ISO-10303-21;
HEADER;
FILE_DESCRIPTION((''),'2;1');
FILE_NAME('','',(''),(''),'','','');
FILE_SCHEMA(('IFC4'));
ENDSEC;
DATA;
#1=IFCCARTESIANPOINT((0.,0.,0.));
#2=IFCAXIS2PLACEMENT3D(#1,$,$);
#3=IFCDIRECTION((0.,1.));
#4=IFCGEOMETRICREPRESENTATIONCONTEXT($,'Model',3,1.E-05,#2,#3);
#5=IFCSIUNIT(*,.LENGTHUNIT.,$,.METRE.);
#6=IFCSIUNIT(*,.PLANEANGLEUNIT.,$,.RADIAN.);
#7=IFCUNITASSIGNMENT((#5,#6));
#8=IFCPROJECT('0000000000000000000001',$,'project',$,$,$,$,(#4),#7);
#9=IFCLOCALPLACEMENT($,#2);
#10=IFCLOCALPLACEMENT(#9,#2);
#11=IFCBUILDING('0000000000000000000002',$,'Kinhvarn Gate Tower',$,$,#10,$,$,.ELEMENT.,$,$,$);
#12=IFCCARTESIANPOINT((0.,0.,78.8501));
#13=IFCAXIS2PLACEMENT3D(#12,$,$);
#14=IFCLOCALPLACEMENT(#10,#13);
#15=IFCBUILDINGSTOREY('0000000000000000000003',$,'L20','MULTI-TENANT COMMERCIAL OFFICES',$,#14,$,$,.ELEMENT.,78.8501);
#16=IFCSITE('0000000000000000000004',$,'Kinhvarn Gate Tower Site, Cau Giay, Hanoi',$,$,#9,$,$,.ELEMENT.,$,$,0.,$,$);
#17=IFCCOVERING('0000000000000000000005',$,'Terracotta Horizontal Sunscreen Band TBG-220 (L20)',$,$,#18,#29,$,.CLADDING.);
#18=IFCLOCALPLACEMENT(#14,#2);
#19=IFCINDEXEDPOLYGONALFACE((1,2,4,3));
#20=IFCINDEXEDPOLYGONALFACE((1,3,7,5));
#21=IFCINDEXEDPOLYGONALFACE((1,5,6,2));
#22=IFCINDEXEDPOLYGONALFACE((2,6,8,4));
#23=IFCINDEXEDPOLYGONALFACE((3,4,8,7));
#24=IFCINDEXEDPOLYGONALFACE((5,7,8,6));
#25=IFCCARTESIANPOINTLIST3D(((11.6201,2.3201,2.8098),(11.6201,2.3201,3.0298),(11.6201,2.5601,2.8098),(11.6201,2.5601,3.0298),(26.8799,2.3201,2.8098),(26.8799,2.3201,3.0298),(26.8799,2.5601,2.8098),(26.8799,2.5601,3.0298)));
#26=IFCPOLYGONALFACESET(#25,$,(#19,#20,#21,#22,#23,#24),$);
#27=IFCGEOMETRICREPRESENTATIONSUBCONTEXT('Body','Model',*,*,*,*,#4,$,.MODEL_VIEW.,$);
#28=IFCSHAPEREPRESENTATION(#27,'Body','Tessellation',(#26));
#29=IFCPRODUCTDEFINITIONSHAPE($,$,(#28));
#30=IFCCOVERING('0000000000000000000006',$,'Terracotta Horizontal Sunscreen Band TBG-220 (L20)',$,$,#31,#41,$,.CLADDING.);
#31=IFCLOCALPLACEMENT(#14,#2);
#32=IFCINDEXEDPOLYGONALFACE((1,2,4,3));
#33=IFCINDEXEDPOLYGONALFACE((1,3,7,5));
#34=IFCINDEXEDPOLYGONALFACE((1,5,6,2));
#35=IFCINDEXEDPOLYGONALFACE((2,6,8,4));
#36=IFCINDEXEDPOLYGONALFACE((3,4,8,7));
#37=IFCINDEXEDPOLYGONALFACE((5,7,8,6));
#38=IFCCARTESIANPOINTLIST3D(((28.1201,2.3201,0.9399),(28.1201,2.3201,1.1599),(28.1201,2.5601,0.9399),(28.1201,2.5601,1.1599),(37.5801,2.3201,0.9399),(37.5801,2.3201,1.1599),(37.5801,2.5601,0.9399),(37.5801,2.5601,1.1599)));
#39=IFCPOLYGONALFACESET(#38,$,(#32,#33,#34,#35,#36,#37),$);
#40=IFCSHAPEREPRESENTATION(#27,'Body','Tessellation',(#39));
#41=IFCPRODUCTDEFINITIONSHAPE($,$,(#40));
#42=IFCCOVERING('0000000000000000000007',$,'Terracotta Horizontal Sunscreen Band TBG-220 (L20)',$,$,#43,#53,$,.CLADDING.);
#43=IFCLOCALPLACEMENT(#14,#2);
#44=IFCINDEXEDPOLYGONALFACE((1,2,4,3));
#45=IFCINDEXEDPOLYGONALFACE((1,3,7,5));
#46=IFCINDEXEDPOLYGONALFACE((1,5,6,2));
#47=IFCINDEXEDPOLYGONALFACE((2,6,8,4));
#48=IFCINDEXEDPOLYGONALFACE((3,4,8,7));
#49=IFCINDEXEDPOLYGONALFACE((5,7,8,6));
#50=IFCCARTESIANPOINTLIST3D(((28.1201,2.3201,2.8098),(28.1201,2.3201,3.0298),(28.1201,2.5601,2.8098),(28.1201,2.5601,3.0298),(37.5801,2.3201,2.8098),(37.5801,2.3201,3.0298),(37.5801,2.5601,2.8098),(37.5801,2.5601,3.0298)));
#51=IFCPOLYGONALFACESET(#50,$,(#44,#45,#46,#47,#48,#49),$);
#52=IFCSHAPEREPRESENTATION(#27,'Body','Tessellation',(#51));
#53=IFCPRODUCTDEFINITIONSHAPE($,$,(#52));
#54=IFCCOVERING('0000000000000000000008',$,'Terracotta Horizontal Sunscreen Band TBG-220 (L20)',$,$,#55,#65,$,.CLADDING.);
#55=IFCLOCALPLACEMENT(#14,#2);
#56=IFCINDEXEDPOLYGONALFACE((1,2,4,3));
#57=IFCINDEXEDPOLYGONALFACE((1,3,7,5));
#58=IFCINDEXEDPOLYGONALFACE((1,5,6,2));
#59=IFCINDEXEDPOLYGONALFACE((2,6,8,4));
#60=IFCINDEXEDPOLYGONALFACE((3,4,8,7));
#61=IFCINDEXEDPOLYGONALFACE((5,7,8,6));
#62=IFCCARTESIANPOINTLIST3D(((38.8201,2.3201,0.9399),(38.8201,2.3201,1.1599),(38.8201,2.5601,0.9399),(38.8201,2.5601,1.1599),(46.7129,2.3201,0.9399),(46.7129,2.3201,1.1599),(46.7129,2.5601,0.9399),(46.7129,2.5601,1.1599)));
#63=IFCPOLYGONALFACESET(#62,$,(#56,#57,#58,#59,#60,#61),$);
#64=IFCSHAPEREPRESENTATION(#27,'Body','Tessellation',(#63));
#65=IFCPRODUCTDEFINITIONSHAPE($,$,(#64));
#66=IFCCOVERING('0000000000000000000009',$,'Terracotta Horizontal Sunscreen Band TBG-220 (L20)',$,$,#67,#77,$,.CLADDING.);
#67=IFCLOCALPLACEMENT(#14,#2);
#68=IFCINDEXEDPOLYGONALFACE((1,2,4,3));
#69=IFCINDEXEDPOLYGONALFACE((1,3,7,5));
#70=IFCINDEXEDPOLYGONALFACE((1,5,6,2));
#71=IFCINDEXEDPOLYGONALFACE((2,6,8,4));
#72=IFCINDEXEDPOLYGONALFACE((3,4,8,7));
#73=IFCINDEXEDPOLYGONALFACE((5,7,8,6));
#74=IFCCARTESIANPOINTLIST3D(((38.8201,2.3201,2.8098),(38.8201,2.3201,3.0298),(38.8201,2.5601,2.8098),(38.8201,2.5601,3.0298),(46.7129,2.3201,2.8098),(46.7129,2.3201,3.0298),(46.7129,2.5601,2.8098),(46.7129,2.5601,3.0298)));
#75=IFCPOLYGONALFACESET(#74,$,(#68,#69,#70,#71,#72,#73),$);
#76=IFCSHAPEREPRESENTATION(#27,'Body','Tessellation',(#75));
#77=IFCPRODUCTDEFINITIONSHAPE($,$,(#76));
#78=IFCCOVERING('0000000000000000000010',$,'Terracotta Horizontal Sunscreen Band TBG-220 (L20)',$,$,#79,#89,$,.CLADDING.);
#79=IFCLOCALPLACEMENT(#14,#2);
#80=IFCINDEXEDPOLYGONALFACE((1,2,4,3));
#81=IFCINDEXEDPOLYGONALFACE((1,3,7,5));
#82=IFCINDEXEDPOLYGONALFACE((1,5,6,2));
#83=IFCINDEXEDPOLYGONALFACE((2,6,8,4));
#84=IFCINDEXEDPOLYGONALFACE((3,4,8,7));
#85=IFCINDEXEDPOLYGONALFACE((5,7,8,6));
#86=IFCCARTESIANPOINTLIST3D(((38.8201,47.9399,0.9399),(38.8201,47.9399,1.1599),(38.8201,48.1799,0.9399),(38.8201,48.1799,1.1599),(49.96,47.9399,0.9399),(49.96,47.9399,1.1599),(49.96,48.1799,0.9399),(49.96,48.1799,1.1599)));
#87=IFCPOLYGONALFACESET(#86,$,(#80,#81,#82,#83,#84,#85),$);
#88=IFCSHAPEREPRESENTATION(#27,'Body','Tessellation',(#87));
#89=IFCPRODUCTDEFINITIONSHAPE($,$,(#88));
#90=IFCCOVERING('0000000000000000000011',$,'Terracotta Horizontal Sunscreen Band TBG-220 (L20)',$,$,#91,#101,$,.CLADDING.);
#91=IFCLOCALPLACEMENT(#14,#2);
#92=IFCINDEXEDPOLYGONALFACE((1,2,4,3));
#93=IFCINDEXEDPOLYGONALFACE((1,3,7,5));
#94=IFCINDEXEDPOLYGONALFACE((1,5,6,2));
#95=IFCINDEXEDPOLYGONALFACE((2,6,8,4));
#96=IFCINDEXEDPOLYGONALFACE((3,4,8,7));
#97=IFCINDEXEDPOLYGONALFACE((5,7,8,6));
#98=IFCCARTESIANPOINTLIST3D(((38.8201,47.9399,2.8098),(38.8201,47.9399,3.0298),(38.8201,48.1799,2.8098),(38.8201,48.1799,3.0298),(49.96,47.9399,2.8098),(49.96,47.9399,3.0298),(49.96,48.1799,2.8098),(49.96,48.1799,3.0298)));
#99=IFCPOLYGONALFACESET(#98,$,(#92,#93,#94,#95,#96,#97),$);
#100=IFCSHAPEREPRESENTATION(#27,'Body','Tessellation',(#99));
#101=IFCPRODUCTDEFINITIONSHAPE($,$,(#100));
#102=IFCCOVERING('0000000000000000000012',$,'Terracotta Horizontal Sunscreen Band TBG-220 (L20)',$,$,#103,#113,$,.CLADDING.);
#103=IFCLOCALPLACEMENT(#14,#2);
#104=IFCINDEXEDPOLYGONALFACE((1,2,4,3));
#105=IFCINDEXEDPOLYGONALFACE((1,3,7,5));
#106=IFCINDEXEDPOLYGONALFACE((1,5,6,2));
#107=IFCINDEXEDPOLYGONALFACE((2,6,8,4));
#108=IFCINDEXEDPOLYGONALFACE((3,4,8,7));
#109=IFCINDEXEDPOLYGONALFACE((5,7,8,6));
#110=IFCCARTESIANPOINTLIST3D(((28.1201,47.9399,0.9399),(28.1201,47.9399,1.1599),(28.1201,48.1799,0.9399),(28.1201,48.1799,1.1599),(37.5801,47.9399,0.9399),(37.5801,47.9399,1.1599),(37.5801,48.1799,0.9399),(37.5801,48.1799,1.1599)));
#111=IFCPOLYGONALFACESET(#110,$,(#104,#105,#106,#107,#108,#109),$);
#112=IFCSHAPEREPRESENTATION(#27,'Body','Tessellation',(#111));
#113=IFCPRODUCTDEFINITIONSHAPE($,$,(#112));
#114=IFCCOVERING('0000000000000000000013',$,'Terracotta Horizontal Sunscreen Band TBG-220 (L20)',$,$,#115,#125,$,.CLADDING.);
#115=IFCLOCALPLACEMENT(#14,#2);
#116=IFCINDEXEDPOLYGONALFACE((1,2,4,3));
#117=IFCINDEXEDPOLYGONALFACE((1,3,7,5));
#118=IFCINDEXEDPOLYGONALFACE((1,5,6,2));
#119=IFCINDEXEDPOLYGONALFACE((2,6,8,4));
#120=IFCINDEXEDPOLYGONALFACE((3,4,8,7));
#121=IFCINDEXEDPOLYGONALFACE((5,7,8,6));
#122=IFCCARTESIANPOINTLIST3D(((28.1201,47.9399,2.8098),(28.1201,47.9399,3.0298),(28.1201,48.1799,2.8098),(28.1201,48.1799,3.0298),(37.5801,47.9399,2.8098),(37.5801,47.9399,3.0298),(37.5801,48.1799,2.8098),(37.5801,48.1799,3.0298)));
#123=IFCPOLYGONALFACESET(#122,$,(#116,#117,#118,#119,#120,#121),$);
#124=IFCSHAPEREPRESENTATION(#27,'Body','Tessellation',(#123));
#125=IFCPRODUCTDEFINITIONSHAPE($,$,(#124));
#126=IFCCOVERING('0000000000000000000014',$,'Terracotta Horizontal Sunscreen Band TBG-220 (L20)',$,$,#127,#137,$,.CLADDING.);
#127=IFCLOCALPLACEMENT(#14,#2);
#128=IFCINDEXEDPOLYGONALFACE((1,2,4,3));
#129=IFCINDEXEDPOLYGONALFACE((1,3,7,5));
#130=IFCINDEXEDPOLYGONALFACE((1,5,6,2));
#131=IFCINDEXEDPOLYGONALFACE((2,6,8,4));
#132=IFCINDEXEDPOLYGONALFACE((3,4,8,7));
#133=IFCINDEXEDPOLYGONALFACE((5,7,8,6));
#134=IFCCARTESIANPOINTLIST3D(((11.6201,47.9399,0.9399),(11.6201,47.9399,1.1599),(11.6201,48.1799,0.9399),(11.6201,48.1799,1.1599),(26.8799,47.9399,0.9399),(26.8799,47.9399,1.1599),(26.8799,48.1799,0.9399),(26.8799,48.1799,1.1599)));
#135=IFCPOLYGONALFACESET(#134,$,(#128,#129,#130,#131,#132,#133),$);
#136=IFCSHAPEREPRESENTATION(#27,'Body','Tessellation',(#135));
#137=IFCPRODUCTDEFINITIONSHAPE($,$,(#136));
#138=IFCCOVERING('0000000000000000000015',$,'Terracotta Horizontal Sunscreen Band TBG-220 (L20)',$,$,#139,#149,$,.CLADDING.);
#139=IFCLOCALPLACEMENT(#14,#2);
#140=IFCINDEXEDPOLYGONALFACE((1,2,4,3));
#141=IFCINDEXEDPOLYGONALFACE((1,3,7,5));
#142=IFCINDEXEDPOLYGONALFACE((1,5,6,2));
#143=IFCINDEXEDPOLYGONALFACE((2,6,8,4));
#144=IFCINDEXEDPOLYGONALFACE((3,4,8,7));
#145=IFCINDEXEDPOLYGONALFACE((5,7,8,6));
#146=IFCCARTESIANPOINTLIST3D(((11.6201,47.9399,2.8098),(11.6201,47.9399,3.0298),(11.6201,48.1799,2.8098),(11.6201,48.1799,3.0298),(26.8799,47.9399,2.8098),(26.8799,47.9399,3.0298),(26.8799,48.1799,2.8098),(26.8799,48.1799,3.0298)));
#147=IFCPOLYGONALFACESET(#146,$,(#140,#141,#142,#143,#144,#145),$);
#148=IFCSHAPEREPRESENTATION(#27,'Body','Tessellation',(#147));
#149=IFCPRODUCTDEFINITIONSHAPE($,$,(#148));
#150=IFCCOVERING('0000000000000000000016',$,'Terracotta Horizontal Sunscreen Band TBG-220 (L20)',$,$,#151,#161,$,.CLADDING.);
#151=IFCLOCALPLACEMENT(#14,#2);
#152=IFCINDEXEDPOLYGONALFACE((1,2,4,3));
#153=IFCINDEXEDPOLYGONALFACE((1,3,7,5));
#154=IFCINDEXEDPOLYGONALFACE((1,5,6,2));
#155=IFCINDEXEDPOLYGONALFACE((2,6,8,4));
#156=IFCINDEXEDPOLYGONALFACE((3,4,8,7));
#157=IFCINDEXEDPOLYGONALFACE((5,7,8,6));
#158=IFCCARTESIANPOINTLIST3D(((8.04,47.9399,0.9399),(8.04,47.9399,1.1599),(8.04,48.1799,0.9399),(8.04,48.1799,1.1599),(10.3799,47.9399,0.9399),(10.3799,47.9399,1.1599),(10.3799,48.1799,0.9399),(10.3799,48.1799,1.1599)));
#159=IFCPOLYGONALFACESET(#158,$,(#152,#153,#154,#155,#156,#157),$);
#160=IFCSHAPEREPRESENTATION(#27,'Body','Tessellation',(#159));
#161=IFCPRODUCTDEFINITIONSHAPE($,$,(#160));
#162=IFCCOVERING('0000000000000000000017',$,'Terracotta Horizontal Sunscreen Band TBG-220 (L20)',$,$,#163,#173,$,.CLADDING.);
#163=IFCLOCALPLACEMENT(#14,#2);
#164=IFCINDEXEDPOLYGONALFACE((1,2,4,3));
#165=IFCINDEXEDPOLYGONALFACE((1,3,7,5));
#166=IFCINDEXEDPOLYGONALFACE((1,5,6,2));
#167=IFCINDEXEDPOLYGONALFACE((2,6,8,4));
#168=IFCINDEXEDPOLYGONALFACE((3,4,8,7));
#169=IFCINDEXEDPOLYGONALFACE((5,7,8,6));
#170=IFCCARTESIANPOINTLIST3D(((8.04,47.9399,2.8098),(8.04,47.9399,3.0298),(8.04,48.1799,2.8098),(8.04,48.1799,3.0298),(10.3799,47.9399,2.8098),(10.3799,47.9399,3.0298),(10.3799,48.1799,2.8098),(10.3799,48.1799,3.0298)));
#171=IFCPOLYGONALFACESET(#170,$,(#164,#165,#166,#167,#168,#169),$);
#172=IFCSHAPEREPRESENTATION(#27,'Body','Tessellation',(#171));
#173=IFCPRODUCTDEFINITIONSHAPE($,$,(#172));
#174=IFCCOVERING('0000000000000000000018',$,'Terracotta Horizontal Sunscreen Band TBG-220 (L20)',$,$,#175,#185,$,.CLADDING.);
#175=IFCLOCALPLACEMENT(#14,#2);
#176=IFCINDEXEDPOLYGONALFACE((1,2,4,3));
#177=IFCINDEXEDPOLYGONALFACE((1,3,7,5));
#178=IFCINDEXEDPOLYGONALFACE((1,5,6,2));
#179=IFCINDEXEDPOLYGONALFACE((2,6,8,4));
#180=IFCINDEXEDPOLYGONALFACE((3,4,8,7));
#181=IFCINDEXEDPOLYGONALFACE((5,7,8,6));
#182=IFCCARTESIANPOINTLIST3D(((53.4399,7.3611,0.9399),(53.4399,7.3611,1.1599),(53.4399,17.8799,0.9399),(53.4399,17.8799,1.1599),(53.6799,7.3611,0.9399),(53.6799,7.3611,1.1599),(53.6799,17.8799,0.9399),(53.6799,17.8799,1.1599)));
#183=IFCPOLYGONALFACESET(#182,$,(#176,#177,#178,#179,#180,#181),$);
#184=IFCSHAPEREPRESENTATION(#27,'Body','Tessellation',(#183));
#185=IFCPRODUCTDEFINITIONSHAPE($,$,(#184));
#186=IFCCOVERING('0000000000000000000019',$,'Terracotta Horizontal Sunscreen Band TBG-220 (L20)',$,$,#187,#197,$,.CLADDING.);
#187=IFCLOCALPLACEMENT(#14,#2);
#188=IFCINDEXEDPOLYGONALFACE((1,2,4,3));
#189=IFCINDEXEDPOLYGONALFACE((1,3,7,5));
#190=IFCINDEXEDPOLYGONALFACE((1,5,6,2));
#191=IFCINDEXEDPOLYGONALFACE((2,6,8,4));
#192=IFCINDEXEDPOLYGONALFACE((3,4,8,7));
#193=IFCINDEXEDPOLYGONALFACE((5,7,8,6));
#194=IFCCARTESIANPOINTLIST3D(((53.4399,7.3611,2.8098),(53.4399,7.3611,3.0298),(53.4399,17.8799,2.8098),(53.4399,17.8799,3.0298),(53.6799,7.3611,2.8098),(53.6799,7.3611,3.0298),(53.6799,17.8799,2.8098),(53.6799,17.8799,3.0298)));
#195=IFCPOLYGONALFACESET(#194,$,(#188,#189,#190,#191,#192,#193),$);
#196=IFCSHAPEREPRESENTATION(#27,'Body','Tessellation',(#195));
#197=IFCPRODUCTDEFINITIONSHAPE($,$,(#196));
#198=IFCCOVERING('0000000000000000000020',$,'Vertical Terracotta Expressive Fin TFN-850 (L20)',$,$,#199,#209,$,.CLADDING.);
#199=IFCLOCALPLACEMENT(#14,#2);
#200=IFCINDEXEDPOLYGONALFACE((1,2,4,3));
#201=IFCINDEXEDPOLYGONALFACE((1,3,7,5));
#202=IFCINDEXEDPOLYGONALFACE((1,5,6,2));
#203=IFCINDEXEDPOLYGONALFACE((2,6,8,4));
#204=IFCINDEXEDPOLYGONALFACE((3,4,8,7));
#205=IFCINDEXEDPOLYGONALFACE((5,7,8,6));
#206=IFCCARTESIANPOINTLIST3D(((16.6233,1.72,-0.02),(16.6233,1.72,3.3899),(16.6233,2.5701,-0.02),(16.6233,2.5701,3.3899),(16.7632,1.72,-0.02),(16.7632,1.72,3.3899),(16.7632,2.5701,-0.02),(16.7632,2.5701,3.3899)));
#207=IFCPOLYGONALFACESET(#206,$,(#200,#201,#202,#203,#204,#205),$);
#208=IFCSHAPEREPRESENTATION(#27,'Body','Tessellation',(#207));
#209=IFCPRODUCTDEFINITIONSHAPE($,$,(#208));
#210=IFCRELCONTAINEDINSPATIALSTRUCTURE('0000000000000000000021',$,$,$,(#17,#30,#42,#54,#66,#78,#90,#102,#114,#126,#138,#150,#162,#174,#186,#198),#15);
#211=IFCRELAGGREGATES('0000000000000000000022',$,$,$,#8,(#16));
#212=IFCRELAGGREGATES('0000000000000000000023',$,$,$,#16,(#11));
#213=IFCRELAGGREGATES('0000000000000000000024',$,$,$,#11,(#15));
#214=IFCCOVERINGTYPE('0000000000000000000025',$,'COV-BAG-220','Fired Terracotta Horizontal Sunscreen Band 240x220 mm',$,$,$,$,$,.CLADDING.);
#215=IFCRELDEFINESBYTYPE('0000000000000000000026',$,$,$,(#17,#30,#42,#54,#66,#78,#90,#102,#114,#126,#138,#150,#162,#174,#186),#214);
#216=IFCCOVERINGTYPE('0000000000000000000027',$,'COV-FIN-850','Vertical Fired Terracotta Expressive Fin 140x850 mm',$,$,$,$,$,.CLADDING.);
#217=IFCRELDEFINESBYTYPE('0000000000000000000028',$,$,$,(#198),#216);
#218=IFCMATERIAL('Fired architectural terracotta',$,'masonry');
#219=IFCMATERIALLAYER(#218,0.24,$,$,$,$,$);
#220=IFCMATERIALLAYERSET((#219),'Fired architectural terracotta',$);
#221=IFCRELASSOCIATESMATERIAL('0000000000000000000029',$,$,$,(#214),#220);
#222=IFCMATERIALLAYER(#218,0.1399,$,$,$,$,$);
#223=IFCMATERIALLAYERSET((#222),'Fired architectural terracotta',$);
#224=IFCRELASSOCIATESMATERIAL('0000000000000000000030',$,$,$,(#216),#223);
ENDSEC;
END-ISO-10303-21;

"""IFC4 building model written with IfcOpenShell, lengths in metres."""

from ifc_helpers import new_model, si_unit, direction, frame, origin, place, context, subcontext, project, spatial, polyline, outline, extrude, material, layer, layer_set, type_object, element, save


model = new_model("IFC4")

# Units and contexts
model_context = context("Model", 3, precision=1e-05, world=origin(), true_north=direction((0.0, 1.0)))
body_context = subcontext(model_context, "Body", "Model", "MODEL_VIEW")
ifc_project = project(units=[si_unit("LENGTHUNIT", "METRE"), si_unit("PLANEANGLEUNIT", "RADIAN")], contexts=[model_context])

# Site, building, storey
site_placement = place(None, origin())
site = spatial("IfcSite", under=ifc_project, at=site_placement, Name="Kinhvarn Gate Tower Site, Cau Giay, Hanoi", CompositionType="ELEMENT", RefElevation=0.0)
building_placement = place(site_placement, origin())
building = spatial("IfcBuilding", under=site, at=building_placement, Name="Kinhvarn Gate Tower", CompositionType="ELEMENT")
storey_placement = place(building_placement, frame((0.0, 0.0, 78.8501)))
storey = spatial("IfcBuildingStorey", under=building, at=storey_placement, Name="L20", Description="MULTI-TENANT COMMERCIAL OFFICES", CompositionType="ELEMENT", Elevation=78.8501)

# Coverings
ifc_material_1 = material(Name="Fired architectural terracotta", Category="masonry")
ifc_layer_1 = layer(ifc_material_1, 0.24)
ifc_layer_set_1 = layer_set([ifc_layer_1], Name="Fired architectural terracotta")
covering_type_1 = type_object("IfcCoveringType", Name="COV-BAG-220", Description="Fired Terracotta Horizontal Sunscreen Band 240x220 mm", PredefinedType="CLADDING", material=ifc_layer_set_1)
for number, where, name in (
    (1, (0.0, 0.0, 2.8098), "Terracotta Horizontal Sunscreen Band TBG-220 (L20)"),
):
    element("IfcCovering", number, at=place(storey_placement, frame(where)), inside=storey, type_object=covering_type_1, Name=name, PredefinedType="CLADDING", context=body_context, shape_type="SweptSolid", body=[
        extrude(outline(polyline([(11.6201, 2.5601), (26.8799, 2.5601), (26.8799, 2.3201), (11.6201, 2.3201), (11.6201, 2.5601)])), origin(), (0.0, 0.0, 1.0), 0.22),
    ])
for number, where, name in (
    (2, (0.0, 0.0, 0.9399), "Terracotta Horizontal Sunscreen Band TBG-220 (L20)"),
    (3, (0.0, 0.0, 2.8098), "Terracotta Horizontal Sunscreen Band TBG-220 (L20)"),
):
    element("IfcCovering", number, at=place(storey_placement, frame(where)), inside=storey, type_object=covering_type_1, Name=name, PredefinedType="CLADDING", context=body_context, shape_type="SweptSolid", body=[
        extrude(outline(polyline([(28.1201, 2.5601), (37.5801, 2.5601), (37.5801, 2.3201), (28.1201, 2.3201), (28.1201, 2.5601)])), origin(), (0.0, 0.0, 1.0), 0.22),
    ])
for number, where, name in (
    (4, (0.0, 0.0, 0.9399), "Terracotta Horizontal Sunscreen Band TBG-220 (L20)"),
    (5, (0.0, 0.0, 2.8098), "Terracotta Horizontal Sunscreen Band TBG-220 (L20)"),
):
    element("IfcCovering", number, at=place(storey_placement, frame(where)), inside=storey, type_object=covering_type_1, Name=name, PredefinedType="CLADDING", context=body_context, shape_type="SweptSolid", body=[
        extrude(outline(polyline([(38.8201, 2.5601), (46.7129, 2.5601), (46.7129, 2.3201), (38.8201, 2.3201), (38.8201, 2.5601)])), origin(), (0.0, 0.0, 1.0), 0.22),
    ])
for number, where, name in (
    (6, (0.0, 0.0, 0.9399), "Terracotta Horizontal Sunscreen Band TBG-220 (L20)"),
    (7, (0.0, 0.0, 2.8098), "Terracotta Horizontal Sunscreen Band TBG-220 (L20)"),
):
    element("IfcCovering", number, at=place(storey_placement, frame(where)), inside=storey, type_object=covering_type_1, Name=name, PredefinedType="CLADDING", context=body_context, shape_type="SweptSolid", body=[
        extrude(outline(polyline([(49.96, 47.9399), (38.8201, 47.9399), (38.8201, 48.1799), (49.96, 48.1799), (49.96, 47.9399)])), origin(), (0.0, 0.0, 1.0), 0.22),
    ])
for number, where, name in (
    (8, (0.0, 0.0, 0.9399), "Terracotta Horizontal Sunscreen Band TBG-220 (L20)"),
    (9, (0.0, 0.0, 2.8098), "Terracotta Horizontal Sunscreen Band TBG-220 (L20)"),
):
    element("IfcCovering", number, at=place(storey_placement, frame(where)), inside=storey, type_object=covering_type_1, Name=name, PredefinedType="CLADDING", context=body_context, shape_type="SweptSolid", body=[
        extrude(outline(polyline([(37.5801, 47.9399), (28.1201, 47.9399), (28.1201, 48.1799), (37.5801, 48.1799), (37.5801, 47.9399)])), origin(), (0.0, 0.0, 1.0), 0.22),
    ])
for number, where, name in (
    (10, (0.0, 0.0, 0.9399), "Terracotta Horizontal Sunscreen Band TBG-220 (L20)"),
    (11, (0.0, 0.0, 2.8098), "Terracotta Horizontal Sunscreen Band TBG-220 (L20)"),
):
    element("IfcCovering", number, at=place(storey_placement, frame(where)), inside=storey, type_object=covering_type_1, Name=name, PredefinedType="CLADDING", context=body_context, shape_type="SweptSolid", body=[
        extrude(outline(polyline([(26.8799, 47.9399), (11.6201, 47.9399), (11.6201, 48.1799), (26.8799, 48.1799), (26.8799, 47.9399)])), origin(), (0.0, 0.0, 1.0), 0.22),
    ])
for number, where, name in (
    (12, (0.0, 0.0, 0.9399), "Terracotta Horizontal Sunscreen Band TBG-220 (L20)"),
    (13, (0.0, 0.0, 2.8098), "Terracotta Horizontal Sunscreen Band TBG-220 (L20)"),
):
    element("IfcCovering", number, at=place(storey_placement, frame(where)), inside=storey, type_object=covering_type_1, Name=name, PredefinedType="CLADDING", context=body_context, shape_type="SweptSolid", body=[
        extrude(outline(polyline([(10.3799, 47.9399), (8.04, 47.9399), (8.04, 48.1799), (10.3799, 48.1799), (10.3799, 47.9399)])), origin(), (0.0, 0.0, 1.0), 0.22),
    ])
for number, where, name in (
    (14, (0.0, 0.0, 0.9399), "Terracotta Horizontal Sunscreen Band TBG-220 (L20)"),
    (15, (0.0, 0.0, 2.8098), "Terracotta Horizontal Sunscreen Band TBG-220 (L20)"),
):
    element("IfcCovering", number, at=place(storey_placement, frame(where)), inside=storey, type_object=covering_type_1, Name=name, PredefinedType="CLADDING", context=body_context, shape_type="SweptSolid", body=[
        extrude(outline(polyline([(53.4399, 7.3611), (53.4399, 17.8799), (53.6799, 17.8799), (53.6799, 7.3611), (53.4399, 7.3611)])), origin(), (0.0, 0.0, 1.0), 0.22),
    ])
ifc_layer_2 = layer(ifc_material_1, 0.1399)
ifc_layer_set_2 = layer_set([ifc_layer_2], Name="Fired architectural terracotta")
covering_type_2 = type_object("IfcCoveringType", Name="COV-FIN-850", Description="Vertical Fired Terracotta Expressive Fin 140x850 mm", PredefinedType="CLADDING", material=ifc_layer_set_2)
covering_1_placement = place(storey_placement, frame((0.0, 0.0, -0.02)))
element("IfcCovering", 16, at=covering_1_placement, inside=storey, type_object=covering_type_2, Name="Vertical Terracotta Expressive Fin TFN-850 (L20)", PredefinedType="CLADDING", context=body_context, shape_type="SweptSolid", body=[
    extrude(outline(polyline([(16.6233, 2.5701), (16.7632, 2.5701), (16.7632, 1.72), (16.6233, 1.72), (16.6233, 2.5701)])), origin(), (0.0, 0.0, 1.0), 3.4099),
])

save(model, "model.ifc")
